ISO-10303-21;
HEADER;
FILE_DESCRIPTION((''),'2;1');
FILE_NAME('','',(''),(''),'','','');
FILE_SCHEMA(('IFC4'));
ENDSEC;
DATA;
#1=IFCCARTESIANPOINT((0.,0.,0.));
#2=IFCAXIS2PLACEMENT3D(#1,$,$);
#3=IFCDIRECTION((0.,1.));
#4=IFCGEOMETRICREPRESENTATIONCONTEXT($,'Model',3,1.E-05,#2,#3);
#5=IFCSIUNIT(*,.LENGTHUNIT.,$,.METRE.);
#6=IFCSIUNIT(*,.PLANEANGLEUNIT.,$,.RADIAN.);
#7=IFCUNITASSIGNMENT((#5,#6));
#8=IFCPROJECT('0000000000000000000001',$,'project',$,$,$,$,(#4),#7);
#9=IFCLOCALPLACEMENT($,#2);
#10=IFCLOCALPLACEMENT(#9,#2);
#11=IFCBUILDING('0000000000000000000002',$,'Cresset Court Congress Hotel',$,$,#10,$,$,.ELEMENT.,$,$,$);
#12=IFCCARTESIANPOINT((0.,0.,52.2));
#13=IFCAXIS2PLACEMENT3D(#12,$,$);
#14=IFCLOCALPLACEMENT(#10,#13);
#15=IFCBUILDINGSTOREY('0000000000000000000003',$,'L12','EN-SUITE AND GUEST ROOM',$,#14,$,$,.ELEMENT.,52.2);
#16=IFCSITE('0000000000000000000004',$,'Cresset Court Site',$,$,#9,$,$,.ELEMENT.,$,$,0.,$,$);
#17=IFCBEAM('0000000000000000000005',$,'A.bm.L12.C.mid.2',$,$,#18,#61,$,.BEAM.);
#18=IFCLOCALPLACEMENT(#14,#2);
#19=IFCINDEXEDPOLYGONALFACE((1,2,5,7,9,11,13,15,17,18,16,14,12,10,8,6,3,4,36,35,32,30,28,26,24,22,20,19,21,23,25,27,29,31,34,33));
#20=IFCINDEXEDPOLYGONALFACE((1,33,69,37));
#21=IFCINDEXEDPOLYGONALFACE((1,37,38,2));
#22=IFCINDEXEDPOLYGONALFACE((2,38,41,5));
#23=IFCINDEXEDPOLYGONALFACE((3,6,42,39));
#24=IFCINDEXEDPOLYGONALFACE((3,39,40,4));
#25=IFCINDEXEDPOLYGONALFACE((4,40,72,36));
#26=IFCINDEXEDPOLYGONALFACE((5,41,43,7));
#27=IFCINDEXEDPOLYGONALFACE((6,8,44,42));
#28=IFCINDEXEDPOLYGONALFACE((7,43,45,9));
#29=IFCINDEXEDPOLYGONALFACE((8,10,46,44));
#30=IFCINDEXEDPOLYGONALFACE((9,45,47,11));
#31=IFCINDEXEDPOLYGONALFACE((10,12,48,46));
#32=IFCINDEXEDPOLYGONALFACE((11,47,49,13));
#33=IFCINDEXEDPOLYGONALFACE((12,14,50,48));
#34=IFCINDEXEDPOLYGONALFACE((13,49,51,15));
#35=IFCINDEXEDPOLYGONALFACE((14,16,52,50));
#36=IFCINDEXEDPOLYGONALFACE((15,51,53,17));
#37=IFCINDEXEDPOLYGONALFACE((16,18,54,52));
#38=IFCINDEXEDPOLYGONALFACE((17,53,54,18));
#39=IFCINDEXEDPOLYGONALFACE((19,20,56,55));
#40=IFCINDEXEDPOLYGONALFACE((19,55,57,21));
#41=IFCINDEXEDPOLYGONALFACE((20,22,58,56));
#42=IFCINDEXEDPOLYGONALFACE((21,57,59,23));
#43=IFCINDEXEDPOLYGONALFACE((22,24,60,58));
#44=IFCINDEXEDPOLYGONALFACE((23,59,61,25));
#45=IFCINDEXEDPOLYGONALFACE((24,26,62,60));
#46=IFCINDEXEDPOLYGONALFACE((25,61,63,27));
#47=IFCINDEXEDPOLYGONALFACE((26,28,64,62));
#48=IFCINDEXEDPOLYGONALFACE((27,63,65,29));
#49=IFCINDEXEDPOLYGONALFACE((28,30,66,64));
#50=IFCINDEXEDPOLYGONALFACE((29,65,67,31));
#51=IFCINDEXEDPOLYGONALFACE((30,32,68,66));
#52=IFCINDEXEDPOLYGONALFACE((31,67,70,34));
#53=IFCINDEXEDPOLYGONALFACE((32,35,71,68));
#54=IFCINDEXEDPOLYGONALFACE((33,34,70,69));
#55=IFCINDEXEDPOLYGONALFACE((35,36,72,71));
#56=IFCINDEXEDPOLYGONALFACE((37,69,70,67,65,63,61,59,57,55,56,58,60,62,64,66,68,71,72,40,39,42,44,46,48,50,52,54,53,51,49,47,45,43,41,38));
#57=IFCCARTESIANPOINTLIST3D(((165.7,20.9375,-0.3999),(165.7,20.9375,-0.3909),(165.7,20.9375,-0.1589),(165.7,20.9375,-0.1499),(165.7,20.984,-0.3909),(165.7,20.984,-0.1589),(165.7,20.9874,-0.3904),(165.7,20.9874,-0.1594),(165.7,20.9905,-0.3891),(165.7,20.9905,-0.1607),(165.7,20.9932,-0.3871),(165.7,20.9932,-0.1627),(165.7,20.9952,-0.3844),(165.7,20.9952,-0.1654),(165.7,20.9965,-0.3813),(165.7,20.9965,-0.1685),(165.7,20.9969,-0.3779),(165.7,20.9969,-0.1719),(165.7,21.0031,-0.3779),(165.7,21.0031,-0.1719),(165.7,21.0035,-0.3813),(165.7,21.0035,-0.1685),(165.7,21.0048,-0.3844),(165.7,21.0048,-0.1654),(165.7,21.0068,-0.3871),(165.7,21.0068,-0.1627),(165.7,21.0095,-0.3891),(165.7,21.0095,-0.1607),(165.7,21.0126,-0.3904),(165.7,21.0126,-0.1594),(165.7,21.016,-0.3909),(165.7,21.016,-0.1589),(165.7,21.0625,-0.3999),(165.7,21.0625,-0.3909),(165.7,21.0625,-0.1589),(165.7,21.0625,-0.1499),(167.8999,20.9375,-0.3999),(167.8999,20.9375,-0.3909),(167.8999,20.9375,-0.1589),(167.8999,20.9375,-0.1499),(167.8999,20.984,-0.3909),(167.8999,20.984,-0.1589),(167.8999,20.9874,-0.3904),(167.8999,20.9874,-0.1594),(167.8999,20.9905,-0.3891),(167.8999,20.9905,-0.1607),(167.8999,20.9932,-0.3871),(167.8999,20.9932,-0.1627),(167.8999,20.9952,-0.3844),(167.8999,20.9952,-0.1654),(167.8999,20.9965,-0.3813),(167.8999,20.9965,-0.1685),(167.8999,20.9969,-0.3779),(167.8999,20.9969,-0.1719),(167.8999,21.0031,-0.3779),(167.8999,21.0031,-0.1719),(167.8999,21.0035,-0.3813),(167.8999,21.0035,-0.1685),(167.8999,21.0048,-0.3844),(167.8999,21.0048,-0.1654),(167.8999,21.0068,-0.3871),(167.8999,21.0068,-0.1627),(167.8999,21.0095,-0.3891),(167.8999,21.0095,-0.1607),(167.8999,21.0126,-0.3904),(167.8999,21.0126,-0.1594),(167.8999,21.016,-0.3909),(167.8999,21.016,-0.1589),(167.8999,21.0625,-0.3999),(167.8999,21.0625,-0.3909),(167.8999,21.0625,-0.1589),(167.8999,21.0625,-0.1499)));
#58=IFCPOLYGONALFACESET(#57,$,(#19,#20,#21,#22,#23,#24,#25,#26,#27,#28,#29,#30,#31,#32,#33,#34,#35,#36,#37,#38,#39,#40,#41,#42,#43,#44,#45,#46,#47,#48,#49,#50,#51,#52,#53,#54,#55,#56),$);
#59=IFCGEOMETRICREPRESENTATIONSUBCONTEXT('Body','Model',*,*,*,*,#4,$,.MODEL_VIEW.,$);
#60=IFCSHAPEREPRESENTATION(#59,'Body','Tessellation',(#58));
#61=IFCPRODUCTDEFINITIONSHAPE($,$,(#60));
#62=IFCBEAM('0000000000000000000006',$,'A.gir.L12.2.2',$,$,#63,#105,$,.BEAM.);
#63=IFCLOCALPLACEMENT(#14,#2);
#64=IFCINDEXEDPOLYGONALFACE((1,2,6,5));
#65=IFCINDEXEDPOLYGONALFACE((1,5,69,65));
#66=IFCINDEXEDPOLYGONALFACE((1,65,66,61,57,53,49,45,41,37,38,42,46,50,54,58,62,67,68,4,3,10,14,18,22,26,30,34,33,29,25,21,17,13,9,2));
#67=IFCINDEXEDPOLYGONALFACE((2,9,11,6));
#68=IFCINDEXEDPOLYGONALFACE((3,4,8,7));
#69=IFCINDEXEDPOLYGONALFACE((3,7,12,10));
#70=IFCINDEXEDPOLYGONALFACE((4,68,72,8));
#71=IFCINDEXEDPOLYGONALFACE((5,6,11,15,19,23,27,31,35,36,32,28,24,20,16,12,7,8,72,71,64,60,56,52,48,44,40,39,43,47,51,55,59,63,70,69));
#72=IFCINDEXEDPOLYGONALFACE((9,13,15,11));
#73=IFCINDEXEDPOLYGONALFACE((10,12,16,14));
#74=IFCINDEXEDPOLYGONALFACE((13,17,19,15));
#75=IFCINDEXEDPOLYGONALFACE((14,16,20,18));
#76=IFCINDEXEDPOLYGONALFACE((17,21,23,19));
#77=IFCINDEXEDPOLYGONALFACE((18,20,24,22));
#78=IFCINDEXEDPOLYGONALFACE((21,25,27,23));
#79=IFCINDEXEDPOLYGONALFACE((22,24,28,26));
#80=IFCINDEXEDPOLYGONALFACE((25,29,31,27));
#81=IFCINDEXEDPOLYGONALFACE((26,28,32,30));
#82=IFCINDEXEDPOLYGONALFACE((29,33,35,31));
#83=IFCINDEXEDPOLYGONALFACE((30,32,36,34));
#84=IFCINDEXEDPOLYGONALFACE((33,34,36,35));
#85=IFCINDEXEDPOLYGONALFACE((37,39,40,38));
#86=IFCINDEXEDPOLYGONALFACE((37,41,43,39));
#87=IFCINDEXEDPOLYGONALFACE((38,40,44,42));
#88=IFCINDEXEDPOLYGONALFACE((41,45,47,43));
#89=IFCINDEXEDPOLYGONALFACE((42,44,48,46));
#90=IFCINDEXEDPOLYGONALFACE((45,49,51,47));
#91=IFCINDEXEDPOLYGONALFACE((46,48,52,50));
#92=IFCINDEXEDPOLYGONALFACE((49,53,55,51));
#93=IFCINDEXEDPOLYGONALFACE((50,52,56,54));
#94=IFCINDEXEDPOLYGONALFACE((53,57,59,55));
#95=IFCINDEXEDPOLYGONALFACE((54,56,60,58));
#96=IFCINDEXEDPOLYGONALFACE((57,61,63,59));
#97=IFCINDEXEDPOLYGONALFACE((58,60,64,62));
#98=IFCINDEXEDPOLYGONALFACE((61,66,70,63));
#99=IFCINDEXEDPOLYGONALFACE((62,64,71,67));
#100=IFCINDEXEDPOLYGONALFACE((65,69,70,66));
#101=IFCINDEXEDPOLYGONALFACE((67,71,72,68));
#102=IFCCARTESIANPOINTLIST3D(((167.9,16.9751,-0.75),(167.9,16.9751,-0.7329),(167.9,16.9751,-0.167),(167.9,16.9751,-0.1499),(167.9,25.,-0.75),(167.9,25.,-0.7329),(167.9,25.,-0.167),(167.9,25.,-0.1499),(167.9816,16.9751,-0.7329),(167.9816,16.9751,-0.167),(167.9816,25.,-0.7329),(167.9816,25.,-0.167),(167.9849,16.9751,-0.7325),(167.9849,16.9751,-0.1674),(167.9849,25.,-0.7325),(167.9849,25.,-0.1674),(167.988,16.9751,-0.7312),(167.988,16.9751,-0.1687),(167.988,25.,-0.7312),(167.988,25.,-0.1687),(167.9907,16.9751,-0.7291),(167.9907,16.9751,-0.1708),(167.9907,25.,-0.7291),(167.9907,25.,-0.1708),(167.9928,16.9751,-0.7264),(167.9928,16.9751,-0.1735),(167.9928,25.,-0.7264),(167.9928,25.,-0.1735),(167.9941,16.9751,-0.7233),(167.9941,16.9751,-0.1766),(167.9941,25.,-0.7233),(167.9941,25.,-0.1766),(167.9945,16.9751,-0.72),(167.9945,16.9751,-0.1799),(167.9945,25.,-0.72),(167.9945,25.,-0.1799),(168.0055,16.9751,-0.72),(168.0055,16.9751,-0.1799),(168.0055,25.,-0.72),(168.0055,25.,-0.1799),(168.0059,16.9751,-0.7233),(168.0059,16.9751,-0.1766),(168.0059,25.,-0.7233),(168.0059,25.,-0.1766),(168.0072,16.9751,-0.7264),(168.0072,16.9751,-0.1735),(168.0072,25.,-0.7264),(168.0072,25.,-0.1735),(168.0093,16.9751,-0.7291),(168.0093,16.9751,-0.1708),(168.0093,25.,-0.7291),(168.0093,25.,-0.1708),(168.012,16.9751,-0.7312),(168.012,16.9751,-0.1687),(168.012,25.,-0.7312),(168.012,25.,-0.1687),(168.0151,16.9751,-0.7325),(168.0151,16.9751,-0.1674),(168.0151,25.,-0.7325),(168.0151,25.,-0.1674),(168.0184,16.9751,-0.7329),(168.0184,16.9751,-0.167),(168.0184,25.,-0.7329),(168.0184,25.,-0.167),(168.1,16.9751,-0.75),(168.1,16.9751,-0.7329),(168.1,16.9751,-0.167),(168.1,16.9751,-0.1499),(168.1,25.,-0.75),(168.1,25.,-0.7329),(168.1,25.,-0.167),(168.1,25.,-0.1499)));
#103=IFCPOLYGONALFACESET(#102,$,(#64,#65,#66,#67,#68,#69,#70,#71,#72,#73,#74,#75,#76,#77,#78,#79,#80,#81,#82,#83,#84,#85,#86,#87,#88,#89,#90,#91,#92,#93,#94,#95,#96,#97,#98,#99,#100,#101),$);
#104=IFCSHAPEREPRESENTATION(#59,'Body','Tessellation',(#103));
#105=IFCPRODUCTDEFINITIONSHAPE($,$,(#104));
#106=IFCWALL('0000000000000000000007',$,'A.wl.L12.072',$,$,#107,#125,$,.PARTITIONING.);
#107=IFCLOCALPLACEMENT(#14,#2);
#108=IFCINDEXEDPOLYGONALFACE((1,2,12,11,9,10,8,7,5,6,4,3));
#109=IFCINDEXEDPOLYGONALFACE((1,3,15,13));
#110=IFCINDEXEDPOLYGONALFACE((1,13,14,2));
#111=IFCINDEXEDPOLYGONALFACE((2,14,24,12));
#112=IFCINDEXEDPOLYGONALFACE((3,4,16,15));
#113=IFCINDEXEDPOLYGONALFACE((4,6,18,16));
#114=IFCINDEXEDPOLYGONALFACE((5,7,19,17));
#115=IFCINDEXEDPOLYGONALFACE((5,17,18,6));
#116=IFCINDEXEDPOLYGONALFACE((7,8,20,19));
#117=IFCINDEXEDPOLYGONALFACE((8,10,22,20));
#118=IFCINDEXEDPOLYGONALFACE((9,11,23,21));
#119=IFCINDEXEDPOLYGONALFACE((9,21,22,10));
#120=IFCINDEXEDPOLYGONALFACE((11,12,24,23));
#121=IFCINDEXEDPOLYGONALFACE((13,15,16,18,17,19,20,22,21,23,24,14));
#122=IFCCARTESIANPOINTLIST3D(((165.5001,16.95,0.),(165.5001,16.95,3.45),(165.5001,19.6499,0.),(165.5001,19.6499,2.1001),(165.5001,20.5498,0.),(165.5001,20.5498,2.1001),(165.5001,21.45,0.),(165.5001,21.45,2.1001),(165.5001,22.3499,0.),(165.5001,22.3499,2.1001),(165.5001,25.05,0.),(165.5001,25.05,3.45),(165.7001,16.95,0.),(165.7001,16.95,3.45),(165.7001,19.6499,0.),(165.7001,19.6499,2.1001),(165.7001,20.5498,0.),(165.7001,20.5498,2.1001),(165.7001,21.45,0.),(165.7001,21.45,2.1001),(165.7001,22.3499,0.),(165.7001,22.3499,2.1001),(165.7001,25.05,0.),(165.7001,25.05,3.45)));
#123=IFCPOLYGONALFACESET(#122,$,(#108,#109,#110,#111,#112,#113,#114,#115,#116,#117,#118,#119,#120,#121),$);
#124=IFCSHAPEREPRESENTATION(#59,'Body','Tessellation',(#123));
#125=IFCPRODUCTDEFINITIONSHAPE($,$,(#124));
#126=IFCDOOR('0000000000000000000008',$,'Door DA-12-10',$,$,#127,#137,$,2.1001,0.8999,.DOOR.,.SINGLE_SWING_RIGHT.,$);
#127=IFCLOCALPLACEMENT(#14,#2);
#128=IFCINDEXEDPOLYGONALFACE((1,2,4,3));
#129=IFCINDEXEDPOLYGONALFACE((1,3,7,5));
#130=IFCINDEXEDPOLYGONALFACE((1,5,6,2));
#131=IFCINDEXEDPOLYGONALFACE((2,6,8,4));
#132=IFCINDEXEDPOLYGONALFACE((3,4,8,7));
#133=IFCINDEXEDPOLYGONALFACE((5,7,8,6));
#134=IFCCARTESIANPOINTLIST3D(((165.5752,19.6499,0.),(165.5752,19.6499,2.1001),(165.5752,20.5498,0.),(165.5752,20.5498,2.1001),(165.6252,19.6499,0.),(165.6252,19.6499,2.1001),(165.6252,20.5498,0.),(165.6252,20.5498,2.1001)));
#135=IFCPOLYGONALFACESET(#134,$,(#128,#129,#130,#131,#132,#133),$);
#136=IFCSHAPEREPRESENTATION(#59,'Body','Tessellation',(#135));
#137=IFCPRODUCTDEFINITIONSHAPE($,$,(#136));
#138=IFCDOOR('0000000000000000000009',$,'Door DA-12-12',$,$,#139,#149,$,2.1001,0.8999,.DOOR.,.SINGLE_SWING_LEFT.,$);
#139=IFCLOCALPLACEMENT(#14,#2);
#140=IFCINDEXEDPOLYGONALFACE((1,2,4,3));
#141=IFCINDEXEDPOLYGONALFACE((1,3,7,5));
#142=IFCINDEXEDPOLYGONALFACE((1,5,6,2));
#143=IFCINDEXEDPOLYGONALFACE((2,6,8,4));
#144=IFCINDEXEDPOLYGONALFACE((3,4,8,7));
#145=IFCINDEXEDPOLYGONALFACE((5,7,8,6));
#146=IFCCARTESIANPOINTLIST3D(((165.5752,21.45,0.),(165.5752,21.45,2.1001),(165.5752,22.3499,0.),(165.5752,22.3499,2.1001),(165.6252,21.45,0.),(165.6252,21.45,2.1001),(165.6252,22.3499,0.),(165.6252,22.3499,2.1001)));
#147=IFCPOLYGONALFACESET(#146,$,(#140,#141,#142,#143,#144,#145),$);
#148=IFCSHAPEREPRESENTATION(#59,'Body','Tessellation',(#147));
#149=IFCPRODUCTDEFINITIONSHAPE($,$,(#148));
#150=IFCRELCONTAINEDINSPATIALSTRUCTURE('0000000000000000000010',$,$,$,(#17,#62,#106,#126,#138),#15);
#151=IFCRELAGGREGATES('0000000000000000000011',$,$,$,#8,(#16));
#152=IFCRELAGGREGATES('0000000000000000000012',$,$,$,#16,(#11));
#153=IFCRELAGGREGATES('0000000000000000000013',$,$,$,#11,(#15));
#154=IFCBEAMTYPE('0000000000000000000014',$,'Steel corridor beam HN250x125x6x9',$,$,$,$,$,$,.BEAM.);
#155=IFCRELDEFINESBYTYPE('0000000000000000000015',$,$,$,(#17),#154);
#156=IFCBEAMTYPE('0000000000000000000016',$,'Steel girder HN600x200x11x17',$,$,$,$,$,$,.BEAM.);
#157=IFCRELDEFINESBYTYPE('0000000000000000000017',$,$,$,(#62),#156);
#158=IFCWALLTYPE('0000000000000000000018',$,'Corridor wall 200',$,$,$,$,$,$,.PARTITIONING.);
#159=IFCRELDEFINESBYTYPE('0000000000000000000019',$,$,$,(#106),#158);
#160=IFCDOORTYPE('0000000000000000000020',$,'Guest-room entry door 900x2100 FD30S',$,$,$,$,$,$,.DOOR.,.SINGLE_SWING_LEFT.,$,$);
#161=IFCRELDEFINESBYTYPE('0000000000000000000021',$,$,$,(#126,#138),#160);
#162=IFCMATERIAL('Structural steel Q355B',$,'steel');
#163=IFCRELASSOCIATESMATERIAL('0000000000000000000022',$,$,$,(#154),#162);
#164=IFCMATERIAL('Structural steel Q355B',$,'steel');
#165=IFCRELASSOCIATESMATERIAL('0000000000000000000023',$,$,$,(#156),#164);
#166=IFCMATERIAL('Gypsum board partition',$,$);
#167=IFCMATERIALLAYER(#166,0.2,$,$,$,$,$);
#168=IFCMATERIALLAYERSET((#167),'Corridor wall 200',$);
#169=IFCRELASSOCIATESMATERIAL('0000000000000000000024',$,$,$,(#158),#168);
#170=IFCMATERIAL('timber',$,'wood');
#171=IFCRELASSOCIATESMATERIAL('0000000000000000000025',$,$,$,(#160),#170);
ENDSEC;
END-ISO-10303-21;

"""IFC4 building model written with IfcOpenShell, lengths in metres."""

from ifc_helpers import new_model, si_unit, direction, frame, frame_2d, origin, origin_2d, place, context, subcontext, project, spatial, rectangle, i_section, extrude, material, layer, layer_set, material_profile, profile_set, type_object, element, fill, save


model = new_model("IFC4")

# Units and contexts
model_context = context("Model", 3, precision=1e-05, world=origin(), true_north=direction((0.0, 1.0)))
body_context = subcontext(model_context, "Body", "Model", "MODEL_VIEW")
ifc_project = project(units=[si_unit("LENGTHUNIT", "METRE"), si_unit("PLANEANGLEUNIT", "RADIAN")], contexts=[model_context])

# Site, building, storey
site_placement = place(None, origin())
site = spatial("IfcSite", under=ifc_project, at=site_placement, Name="Cresset Court Site", CompositionType="ELEMENT", RefElevation=0.0)
building_placement = place(site_placement, origin())
building = spatial("IfcBuilding", under=site, at=building_placement, Name="Cresset Court Congress Hotel", CompositionType="ELEMENT")
storey_placement = place(building_placement, frame((0.0, 0.0, 52.2)))
storey = spatial("IfcBuildingStorey", under=building, at=storey_placement, Name="L12", Description="EN-SUITE AND GUEST ROOM", CompositionType="ELEMENT", Elevation=52.2)

# Beams
ifc_material_1 = material(Name="Structural steel Q355B", Category="steel")
ifc_material_profile_1 = material_profile(ifc_material_1, i_section(OverallWidth=0.125, OverallDepth=0.25, WebThickness=0.0061, FlangeThickness=0.009, FilletRadius=0.0129, at=origin_2d()), Name="HN250x125x6x9")
ifc_profile_set_1 = profile_set([ifc_material_profile_1], Name="Structural steel Q355B")
beam_type_1 = type_object("IfcBeamType", Name="Steel corridor beam HN250x125x6x9", PredefinedType="BEAM", material=ifc_profile_set_1)
beam_1_placement = place(storey_placement, frame((165.7, 21.0, -0.2749), z_axis=(1.0, 0.0, 0.0), x_axis=(0.0, 1.0, 0.0)))
element("IfcBeam", 1, at=beam_1_placement, inside=storey, type_object=beam_type_1, Name="A.bm.L12.C.mid.2", PredefinedType="BEAM", context=body_context, shape_type="SweptSolid", body=[
    extrude(i_section(OverallWidth=0.125, OverallDepth=0.25, WebThickness=0.0061, FlangeThickness=0.009, FilletRadius=0.0129, at=origin_2d()), origin(), (0.0, 0.0, 1.0), 2.2),
])
ifc_material_2 = material(Name="Structural steel Q355B", Category="steel")
ifc_material_profile_2 = material_profile(ifc_material_2, i_section(OverallWidth=0.2, OverallDepth=0.6001, WebThickness=0.011, FlangeThickness=0.0171, FilletRadius=0.0129, at=origin_2d()), Name="HN600x200x11x17")
ifc_profile_set_2 = profile_set([ifc_material_profile_2], Name="Structural steel Q355B")
beam_type_2 = type_object("IfcBeamType", Name="Steel girder HN600x200x11x17", PredefinedType="BEAM", material=ifc_profile_set_2)
beam_2_placement = place(storey_placement, frame((168.0, 16.9751, -0.45), z_axis=(0.0, 1.0, 0.0), x_axis=(-1.0, 0.0, 0.0)))
element("IfcBeam", 2, at=beam_2_placement, inside=storey, type_object=beam_type_2, Name="A.gir.L12.2.2", PredefinedType="BEAM", context=body_context, shape_type="SweptSolid", body=[
    extrude(i_section(OverallWidth=0.2, OverallDepth=0.6001, WebThickness=0.011, FlangeThickness=0.0171, FilletRadius=0.0129, at=origin_2d()), origin(), (0.0, 0.0, 1.0), 8.0249),
])

# Wall, openings, doors
ifc_material_3 = material(Name="Gypsum board partition")
ifc_layer_1 = layer(ifc_material_3, 0.2)
ifc_layer_set_1 = layer_set([ifc_layer_1], Name="Corridor wall 200")
wall_type_1 = type_object("IfcWallType", Name="Corridor wall 200", PredefinedType="PARTITIONING", material=ifc_layer_set_1)
wall_1_placement = place(storey_placement, frame((165.6001, 16.95, 0.0), z_axis=(0.0, 0.0, 1.0), x_axis=(0.0, 1.0, 0.0)))
wall_1 = element("IfcWall", 3, at=wall_1_placement, inside=storey, type_object=wall_type_1, Name="A.wl.L12.072", PredefinedType="PARTITIONING", context=body_context, shape_type="SweptSolid", body=[
    extrude(rectangle(XDim=8.1001, YDim=0.2, at=frame_2d((4.05, 0.0))), origin(), (0.0, 0.0, 1.0), 3.45),
])
opening_1_placement = place(wall_1_placement, frame((2.7, 0.0, 0.0)))
opening_1 = element("IfcOpeningElement", 4, at=opening_1_placement, cuts=wall_1, PredefinedType="OPENING", context=body_context, shape_type="SweptSolid", body=[
    extrude(rectangle(XDim=0.8999, YDim=2.1001, at=frame_2d((0.45, 1.05))), frame((0.0, 0.1099, 0.0), z_axis=(0.0, -1.0, 0.0), x_axis=(1.0, 0.0, 0.0)), (0.0, 0.0, 1.0), 0.22),
])
opening_2_placement = place(wall_1_placement, frame((4.5, 0.0, 0.0)))
opening_2 = element("IfcOpeningElement", 5, at=opening_2_placement, cuts=wall_1, PredefinedType="OPENING", context=body_context, shape_type="SweptSolid", body=[
    extrude(rectangle(XDim=0.8999, YDim=2.1001, at=frame_2d((0.45, 1.05))), frame((0.0, 0.1099, 0.0), z_axis=(0.0, -1.0, 0.0), x_axis=(1.0, 0.0, 0.0)), (0.0, 0.0, 1.0), 0.22),
])
ifc_material_4 = material(Name="timber", Category="wood")
door_type = type_object("IfcDoorType", Name="Guest-room entry door 900x2100 FD30S", OperationType="SINGLE_SWING_LEFT", PredefinedType="DOOR", material=ifc_material_4)
door_1_placement = place(opening_1_placement, origin())
door_1 = element("IfcDoor", 6, at=door_1_placement, inside=storey, type_object=door_type, Name="Door DA-12-10", OperationType="SINGLE_SWING_RIGHT", OverallHeight=2.1001, OverallWidth=0.8999, PredefinedType="DOOR", context=body_context, shape_type="SweptSolid", body=[
    extrude(rectangle(XDim=0.8999, YDim=2.1001, at=frame_2d((0.45, 1.05))), frame((0.0, 0.0249, 0.0), z_axis=(0.0, -1.0, 0.0), x_axis=(1.0, 0.0, 0.0)), (0.0, 0.0, 1.0), 0.05),
])
fill(opening_1, door_1)
door_2_placement = place(opening_2_placement, origin())
door_2 = element("IfcDoor", 7, at=door_2_placement, inside=storey, type_object=door_type, Name="Door DA-12-12", OperationType="SINGLE_SWING_LEFT", OverallHeight=2.1001, OverallWidth=0.8999, PredefinedType="DOOR", context=body_context, shape_type="SweptSolid", body=[
    extrude(rectangle(XDim=0.8999, YDim=2.1001, at=frame_2d((0.45, 1.05))), frame((0.0, 0.0249, 0.0), z_axis=(0.0, -1.0, 0.0), x_axis=(1.0, 0.0, 0.0)), (0.0, 0.0, 1.0), 0.05),
])
fill(opening_2, door_2)

save(model, "model.ifc")
